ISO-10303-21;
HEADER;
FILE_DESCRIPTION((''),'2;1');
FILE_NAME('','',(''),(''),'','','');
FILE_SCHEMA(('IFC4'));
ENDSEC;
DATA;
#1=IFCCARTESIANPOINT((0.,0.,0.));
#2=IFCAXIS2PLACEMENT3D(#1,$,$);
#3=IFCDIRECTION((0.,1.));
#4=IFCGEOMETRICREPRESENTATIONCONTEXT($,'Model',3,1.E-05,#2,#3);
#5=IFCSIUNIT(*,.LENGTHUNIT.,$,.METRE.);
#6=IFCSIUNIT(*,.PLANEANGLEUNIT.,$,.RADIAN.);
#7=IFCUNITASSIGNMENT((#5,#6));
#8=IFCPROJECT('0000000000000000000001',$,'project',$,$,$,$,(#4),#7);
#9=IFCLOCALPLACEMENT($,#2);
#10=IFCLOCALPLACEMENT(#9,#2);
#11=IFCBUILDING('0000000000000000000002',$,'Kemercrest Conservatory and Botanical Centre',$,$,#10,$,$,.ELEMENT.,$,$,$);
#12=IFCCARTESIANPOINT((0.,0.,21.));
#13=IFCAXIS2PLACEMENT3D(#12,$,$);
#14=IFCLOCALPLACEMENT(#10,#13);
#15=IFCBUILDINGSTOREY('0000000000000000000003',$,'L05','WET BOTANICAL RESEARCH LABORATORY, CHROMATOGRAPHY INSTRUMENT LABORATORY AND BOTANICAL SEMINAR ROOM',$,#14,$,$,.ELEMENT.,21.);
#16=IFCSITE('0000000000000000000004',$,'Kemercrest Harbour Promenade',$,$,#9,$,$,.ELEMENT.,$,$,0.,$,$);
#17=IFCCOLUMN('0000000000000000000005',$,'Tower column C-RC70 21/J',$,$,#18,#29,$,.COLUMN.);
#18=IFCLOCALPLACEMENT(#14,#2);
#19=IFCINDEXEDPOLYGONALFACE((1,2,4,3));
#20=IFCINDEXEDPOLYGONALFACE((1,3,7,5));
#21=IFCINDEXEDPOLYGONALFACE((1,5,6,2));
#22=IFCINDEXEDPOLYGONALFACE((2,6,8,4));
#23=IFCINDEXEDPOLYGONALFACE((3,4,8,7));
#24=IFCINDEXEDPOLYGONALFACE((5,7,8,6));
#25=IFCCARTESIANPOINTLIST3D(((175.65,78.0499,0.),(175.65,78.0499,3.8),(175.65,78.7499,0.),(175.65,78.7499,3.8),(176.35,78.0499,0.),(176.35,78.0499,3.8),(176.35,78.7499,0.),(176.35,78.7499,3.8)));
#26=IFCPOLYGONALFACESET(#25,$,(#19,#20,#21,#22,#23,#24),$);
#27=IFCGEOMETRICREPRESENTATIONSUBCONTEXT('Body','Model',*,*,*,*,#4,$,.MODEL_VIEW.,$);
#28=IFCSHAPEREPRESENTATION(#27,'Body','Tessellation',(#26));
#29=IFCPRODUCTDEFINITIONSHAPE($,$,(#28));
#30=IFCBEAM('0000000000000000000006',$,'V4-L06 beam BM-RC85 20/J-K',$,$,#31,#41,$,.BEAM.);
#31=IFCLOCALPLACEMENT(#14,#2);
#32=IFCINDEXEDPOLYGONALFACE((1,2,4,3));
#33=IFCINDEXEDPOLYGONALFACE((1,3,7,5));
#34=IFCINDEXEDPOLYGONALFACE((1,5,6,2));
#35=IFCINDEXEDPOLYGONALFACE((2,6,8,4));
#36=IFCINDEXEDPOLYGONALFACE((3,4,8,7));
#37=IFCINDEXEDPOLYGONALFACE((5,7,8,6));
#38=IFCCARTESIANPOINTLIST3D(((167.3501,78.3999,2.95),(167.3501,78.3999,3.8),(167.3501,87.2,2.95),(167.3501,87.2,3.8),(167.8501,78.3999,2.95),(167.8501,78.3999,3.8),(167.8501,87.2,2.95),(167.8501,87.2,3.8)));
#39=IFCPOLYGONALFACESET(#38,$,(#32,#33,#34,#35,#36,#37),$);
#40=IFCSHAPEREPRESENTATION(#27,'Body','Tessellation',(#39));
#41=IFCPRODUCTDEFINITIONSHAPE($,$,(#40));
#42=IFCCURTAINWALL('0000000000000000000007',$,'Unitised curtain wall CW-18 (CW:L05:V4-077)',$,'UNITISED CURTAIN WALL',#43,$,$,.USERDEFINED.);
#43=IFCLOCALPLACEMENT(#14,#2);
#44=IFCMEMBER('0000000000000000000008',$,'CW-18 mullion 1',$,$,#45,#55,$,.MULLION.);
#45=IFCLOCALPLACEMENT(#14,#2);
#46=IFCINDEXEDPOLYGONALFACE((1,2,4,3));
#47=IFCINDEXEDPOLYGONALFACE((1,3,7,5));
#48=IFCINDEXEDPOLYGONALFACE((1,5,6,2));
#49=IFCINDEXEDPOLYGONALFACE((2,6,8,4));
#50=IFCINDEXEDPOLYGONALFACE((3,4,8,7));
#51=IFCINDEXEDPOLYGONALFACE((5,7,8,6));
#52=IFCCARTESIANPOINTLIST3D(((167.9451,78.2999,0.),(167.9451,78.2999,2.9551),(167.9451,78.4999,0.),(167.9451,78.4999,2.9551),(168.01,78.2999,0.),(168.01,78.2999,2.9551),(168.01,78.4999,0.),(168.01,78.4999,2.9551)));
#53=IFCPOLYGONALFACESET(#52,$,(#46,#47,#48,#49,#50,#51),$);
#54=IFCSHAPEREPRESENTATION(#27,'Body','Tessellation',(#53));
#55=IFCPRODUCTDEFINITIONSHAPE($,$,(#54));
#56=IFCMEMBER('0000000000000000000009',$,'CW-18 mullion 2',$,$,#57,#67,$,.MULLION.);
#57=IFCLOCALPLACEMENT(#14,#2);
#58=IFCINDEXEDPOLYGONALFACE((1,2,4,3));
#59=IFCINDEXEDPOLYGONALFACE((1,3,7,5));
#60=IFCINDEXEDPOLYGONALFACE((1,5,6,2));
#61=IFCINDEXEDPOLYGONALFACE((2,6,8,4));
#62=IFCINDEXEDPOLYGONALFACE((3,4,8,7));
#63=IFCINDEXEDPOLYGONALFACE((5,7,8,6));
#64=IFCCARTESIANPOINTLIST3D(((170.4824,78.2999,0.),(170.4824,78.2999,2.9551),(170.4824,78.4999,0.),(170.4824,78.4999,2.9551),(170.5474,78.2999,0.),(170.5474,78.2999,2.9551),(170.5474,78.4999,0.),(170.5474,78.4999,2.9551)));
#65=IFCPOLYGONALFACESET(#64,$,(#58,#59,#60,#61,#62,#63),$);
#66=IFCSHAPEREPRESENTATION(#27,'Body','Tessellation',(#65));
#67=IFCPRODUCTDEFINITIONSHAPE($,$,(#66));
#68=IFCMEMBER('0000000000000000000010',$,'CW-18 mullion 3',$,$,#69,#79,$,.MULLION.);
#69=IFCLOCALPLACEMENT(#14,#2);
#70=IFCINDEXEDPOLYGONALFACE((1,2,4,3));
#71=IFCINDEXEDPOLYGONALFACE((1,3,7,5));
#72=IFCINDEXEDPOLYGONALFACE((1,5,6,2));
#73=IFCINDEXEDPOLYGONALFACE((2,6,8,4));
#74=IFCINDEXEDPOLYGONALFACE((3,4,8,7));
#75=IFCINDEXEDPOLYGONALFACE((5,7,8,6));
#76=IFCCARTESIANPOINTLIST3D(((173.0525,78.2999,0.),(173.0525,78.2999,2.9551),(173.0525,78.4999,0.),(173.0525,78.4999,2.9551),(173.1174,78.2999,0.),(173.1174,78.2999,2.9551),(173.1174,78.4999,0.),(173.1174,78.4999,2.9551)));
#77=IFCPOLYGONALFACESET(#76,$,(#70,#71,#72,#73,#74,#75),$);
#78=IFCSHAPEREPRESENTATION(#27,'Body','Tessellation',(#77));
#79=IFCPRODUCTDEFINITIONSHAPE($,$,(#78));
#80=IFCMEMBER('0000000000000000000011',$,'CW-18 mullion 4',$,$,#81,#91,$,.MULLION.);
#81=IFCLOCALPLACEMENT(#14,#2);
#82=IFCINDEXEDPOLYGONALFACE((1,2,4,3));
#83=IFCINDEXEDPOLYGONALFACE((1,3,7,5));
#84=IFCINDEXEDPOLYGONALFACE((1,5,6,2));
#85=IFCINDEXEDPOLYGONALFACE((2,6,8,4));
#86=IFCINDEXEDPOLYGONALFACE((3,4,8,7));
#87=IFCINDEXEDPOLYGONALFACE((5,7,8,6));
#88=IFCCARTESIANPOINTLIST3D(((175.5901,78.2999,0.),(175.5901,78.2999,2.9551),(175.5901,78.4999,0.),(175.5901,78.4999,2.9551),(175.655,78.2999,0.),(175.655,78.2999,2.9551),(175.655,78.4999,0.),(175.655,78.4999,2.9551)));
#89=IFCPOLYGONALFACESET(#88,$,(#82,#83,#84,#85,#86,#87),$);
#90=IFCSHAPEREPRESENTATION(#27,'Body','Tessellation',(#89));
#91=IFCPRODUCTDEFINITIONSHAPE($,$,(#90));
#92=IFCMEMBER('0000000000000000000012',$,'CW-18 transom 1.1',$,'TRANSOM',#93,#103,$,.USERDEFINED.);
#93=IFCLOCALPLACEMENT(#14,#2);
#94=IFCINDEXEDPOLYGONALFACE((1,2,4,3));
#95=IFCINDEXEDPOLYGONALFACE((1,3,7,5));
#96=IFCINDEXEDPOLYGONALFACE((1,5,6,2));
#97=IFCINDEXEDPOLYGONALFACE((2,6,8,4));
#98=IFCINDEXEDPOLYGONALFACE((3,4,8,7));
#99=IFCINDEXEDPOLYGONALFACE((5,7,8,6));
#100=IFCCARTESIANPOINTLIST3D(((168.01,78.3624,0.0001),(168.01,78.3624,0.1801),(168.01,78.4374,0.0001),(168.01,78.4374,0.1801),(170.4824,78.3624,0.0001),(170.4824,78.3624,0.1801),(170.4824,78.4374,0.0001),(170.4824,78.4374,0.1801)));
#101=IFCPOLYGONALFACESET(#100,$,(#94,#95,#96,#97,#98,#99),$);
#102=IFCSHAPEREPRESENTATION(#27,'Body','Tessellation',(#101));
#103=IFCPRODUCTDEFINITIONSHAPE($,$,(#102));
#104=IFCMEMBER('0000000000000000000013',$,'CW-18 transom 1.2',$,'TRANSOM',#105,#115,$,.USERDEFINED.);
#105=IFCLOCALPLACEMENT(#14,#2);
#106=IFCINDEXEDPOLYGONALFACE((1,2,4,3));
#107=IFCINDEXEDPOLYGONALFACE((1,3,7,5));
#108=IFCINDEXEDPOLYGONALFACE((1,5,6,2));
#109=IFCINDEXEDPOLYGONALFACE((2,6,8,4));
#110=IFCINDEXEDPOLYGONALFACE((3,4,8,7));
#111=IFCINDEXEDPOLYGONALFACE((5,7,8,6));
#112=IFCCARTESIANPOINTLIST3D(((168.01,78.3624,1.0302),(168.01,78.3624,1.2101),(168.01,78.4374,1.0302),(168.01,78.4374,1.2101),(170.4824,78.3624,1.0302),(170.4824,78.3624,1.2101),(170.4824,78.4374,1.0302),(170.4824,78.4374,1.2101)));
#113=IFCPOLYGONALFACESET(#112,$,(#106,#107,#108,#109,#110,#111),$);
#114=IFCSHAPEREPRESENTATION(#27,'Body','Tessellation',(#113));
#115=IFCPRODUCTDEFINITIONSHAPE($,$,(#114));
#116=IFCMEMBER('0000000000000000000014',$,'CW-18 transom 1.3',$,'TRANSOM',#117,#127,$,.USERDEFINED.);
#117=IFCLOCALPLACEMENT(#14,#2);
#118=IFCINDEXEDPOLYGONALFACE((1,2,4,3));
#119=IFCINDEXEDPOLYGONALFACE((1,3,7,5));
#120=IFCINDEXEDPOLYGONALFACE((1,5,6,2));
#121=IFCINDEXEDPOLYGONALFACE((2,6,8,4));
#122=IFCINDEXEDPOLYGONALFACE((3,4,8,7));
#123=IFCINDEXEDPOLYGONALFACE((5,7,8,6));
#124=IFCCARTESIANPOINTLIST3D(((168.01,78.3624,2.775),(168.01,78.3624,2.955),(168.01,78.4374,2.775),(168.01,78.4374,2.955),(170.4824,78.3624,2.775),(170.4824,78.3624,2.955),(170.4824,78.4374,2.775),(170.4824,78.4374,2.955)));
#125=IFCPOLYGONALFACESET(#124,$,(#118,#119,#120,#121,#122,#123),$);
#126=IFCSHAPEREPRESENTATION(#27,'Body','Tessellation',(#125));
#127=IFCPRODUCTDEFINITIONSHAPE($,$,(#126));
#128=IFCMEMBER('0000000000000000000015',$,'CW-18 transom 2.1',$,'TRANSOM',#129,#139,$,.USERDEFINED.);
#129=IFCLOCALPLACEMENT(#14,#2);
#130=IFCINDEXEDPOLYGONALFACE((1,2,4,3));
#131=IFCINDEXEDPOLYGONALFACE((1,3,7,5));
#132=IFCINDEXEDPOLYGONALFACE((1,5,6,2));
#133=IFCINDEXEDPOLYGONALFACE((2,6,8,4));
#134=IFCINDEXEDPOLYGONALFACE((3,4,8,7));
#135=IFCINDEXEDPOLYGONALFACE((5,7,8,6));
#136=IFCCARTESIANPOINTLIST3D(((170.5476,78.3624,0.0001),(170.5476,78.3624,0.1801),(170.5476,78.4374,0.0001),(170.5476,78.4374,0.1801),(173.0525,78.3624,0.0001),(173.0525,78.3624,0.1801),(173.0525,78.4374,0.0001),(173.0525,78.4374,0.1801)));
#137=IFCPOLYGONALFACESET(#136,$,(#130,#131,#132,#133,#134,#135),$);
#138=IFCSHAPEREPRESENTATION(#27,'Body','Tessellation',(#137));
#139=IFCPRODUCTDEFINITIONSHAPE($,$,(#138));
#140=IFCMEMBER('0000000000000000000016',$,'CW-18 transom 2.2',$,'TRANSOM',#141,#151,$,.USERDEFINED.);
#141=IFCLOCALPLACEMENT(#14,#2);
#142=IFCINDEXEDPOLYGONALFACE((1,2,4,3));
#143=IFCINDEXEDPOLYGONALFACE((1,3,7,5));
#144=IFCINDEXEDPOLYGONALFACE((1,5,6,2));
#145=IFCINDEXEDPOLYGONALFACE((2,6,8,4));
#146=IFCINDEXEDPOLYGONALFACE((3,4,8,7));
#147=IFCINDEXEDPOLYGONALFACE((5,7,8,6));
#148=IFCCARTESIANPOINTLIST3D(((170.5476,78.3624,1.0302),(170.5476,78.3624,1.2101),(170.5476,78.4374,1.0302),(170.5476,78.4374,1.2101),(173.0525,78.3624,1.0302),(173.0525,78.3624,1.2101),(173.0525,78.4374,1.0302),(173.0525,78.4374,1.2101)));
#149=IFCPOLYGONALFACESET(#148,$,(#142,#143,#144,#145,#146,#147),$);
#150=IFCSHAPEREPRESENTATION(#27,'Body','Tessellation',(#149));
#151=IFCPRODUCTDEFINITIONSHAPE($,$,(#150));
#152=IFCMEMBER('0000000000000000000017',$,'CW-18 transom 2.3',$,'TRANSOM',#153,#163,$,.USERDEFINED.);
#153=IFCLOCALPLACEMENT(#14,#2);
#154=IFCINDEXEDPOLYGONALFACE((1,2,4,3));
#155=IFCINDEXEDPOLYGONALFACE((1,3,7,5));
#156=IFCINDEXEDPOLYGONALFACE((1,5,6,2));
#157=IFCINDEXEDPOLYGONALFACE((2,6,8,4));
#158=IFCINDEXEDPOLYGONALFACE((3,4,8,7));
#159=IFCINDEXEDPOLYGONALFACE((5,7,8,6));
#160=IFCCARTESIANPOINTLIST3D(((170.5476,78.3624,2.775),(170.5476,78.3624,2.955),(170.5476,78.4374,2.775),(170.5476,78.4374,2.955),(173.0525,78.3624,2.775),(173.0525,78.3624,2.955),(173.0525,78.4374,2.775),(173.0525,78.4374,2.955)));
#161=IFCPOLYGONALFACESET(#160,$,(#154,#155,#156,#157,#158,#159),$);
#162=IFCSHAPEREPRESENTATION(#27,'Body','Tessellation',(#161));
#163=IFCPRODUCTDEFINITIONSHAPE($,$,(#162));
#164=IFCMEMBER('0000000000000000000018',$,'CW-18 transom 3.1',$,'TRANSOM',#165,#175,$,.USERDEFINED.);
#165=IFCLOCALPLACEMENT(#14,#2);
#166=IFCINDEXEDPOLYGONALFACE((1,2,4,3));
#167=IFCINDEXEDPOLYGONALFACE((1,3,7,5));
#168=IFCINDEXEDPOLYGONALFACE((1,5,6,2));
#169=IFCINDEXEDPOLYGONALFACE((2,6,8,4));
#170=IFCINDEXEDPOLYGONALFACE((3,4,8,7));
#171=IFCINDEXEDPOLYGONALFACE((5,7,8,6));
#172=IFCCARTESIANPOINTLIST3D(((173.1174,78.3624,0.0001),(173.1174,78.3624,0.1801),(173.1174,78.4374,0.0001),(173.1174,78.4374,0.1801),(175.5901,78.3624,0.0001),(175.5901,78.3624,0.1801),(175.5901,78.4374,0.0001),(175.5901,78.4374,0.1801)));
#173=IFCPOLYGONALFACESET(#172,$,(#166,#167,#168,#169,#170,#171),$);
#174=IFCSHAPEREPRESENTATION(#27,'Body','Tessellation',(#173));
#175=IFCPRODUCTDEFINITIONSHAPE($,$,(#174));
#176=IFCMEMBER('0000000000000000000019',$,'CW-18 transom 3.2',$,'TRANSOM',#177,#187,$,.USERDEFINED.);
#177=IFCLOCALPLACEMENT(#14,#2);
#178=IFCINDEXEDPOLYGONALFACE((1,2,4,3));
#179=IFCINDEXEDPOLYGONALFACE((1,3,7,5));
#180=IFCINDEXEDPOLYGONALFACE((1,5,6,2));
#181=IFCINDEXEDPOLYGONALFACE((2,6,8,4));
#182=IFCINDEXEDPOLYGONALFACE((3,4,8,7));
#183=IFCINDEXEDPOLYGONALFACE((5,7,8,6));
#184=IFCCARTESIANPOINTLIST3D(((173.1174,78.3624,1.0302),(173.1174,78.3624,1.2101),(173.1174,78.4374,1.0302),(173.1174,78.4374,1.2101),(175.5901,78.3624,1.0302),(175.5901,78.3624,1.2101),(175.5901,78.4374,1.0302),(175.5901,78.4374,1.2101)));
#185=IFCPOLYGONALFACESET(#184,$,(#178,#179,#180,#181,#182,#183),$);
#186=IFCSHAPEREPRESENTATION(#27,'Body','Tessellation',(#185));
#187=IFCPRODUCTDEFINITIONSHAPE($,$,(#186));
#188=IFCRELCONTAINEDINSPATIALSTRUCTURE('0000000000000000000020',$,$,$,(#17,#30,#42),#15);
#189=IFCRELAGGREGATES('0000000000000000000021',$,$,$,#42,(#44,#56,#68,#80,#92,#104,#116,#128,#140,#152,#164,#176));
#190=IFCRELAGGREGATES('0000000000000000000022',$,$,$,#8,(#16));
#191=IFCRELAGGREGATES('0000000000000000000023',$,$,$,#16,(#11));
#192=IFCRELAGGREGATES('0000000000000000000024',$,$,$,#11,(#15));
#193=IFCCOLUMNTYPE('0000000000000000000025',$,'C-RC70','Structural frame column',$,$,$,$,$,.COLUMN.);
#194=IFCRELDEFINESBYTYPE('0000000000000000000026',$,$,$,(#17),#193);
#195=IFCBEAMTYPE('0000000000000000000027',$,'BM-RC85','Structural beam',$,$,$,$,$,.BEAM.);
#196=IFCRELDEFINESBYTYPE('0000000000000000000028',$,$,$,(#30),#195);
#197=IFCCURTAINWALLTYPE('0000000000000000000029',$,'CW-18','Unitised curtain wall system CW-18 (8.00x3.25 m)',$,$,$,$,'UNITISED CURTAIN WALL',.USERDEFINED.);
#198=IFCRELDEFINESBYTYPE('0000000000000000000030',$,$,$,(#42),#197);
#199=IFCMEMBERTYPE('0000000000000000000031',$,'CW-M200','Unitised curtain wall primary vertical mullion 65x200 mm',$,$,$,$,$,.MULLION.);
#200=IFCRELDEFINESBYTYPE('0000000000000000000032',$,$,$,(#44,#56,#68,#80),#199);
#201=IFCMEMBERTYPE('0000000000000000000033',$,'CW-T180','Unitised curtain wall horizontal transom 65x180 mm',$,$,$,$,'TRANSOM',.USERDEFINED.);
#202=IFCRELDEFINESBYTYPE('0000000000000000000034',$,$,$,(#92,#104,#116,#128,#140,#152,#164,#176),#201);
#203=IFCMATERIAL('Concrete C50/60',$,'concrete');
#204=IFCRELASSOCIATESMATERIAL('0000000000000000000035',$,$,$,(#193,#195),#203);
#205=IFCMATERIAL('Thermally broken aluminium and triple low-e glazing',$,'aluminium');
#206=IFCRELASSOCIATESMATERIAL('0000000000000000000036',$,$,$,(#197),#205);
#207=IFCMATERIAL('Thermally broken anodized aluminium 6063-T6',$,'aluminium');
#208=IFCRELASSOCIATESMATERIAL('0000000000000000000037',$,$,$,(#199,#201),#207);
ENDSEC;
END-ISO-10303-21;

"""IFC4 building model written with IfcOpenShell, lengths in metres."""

from ifc_helpers import new_model, si_unit, direction, frame, origin, origin_2d, place, context, subcontext, project, spatial, rectangle, extrude, material, material_profile, profile_set, type_object, element, aggregate, save


model = new_model("IFC4")

# Units and contexts
model_context = context("Model", 3, precision=1e-05, world=origin(), true_north=direction((0.0, 1.0)))
body_context = subcontext(model_context, "Body", "Model", "MODEL_VIEW")
ifc_project = project(units=[si_unit("LENGTHUNIT", "METRE"), si_unit("PLANEANGLEUNIT", "RADIAN")], contexts=[model_context])

# Site, building, storey
site_placement = place(None, origin())
site = spatial("IfcSite", under=ifc_project, at=site_placement, Name="Kemercrest Harbour Promenade", CompositionType="ELEMENT", RefElevation=0.0)
building_placement = place(site_placement, origin())
building = spatial("IfcBuilding", under=site, at=building_placement, Name="Kemercrest Conservatory and Botanical Centre", CompositionType="ELEMENT")
storey_placement = place(building_placement, frame((0.0, 0.0, 21.0)))
storey = spatial("IfcBuildingStorey", under=building, at=storey_placement, Name="L05", Description="WET BOTANICAL RESEARCH LABORATORY, CHROMATOGRAPHY INSTRUMENT LABORATORY AND BOTANICAL SEMINAR ROOM", CompositionType="ELEMENT", Elevation=21.0)

# Column
ifc_material_1 = material(Name="Concrete C50/60", Category="concrete")
ifc_material_profile_1 = material_profile(ifc_material_1, rectangle(XDim=0.7, YDim=0.7, at=origin_2d()), Name="RC 700x700")
ifc_profile_set_1 = profile_set([ifc_material_profile_1], Name="Concrete C50/60")
column_type = type_object("IfcColumnType", Name="C-RC70", Description="Structural frame column", PredefinedType="COLUMN", material=ifc_profile_set_1)
column_placement = place(storey_placement, frame((176.0, 78.3999, 0.0), z_axis=(0.0, 0.0, 1.0), x_axis=(1.0, 0.0, 0.0)))
element("IfcColumn", 1, at=column_placement, inside=storey, type_object=column_type, Name="Tower column C-RC70 21/J", PredefinedType="COLUMN", context=body_context, shape_type="SweptSolid", body=[
    extrude(rectangle(XDim=0.7, YDim=0.7, at=origin_2d()), origin(), (0.0, 0.0, 1.0), 3.8),
])

# Beam
ifc_material_profile_2 = material_profile(ifc_material_1, rectangle(XDim=0.5, YDim=0.8501, at=origin_2d()), Name="RC 500x850")
ifc_profile_set_2 = profile_set([ifc_material_profile_2], Name="Concrete C50/60")
beam_type_1 = type_object("IfcBeamType", Name="BM-RC85", Description="Structural beam", PredefinedType="BEAM", material=ifc_profile_set_2)
beam_1_placement = place(storey_placement, frame((167.6001, 78.3999, 3.375), z_axis=(0.0, 1.0, 0.0), x_axis=(-1.0, 0.0, 0.0)))
element("IfcBeam", 2, at=beam_1_placement, inside=storey, type_object=beam_type_1, Name="V4-L06 beam BM-RC85 20/J-K", PredefinedType="BEAM", context=body_context, shape_type="SweptSolid", body=[
    extrude(rectangle(XDim=0.5, YDim=0.8501, at=origin_2d()), origin(), (0.0, 0.0, 1.0), 8.8),
])

# Curtain wall, members
ifc_material_2 = material(Name="Thermally broken aluminium and triple low-e glazing", Category="aluminium")
curtain_wall_type = type_object("IfcCurtainWallType", Name="CW-18", Description="Unitised curtain wall system CW-18 (8.00x3.25 m)", ElementType="UNITISED CURTAIN WALL", PredefinedType="USERDEFINED", material=ifc_material_2)
curtain_wall_placement = place(storey_placement, origin())
curtain_wall = element("IfcCurtainWall", 3, at=curtain_wall_placement, inside=storey, type_object=curtain_wall_type, Name="Unitised curtain wall CW-18 (CW:L05:V4-077)", ObjectType="UNITISED CURTAIN WALL", PredefinedType="USERDEFINED")
ifc_material_3 = material(Name="Thermally broken anodized aluminium 6063-T6", Category="aluminium")
ifc_material_profile_3 = material_profile(ifc_material_3, rectangle(XDim=0.2, YDim=0.0649, at=origin_2d()), Name="AL MULLION 65x200")
ifc_profile_set_3 = profile_set([ifc_material_profile_3], Name="Thermally broken anodized aluminium 6063-T6")
member_type_1 = type_object("IfcMemberType", Name="CW-M200", Description="Unitised curtain wall primary vertical mullion 65x200 mm", PredefinedType="MULLION", material=ifc_profile_set_3)
member_1_placement = place(storey_placement, frame((167.9775, 78.3999, 0.0), z_axis=(0.0, 0.0, 1.0), x_axis=(0.0, 1.0, 0.0)))
member_1 = element("IfcMember", 4, at=member_1_placement, type_object=member_type_1, Name="CW-18 mullion 1", PredefinedType="MULLION", context=body_context, shape_type="SweptSolid", body=[
    extrude(rectangle(XDim=0.2, YDim=0.0649, at=origin_2d()), origin(), (0.0, 0.0, 1.0), 2.9551),
])
member_2_placement = place(storey_placement, frame((170.5149, 78.3999, 0.0), z_axis=(0.0, 0.0, 1.0), x_axis=(0.0, 1.0, 0.0)))
member_2 = element("IfcMember", 5, at=member_2_placement, type_object=member_type_1, Name="CW-18 mullion 2", PredefinedType="MULLION", context=body_context, shape_type="SweptSolid", body=[
    extrude(rectangle(XDim=0.2, YDim=0.0649, at=origin_2d()), origin(), (0.0, 0.0, 1.0), 2.9551),
])
member_3_placement = place(storey_placement, frame((173.085, 78.3999, 0.0), z_axis=(0.0, 0.0, 1.0), x_axis=(0.0, 1.0, 0.0)))
member_3 = element("IfcMember", 6, at=member_3_placement, type_object=member_type_1, Name="CW-18 mullion 3", PredefinedType="MULLION", context=body_context, shape_type="SweptSolid", body=[
    extrude(rectangle(XDim=0.2, YDim=0.0649, at=origin_2d()), origin(), (0.0, 0.0, 1.0), 2.9551),
])
member_4_placement = place(storey_placement, frame((175.6226, 78.3999, 0.0), z_axis=(0.0, 0.0, 1.0), x_axis=(0.0, 1.0, 0.0)))
member_4 = element("IfcMember", 7, at=member_4_placement, type_object=member_type_1, Name="CW-18 mullion 4", PredefinedType="MULLION", context=body_context, shape_type="SweptSolid", body=[
    extrude(rectangle(XDim=0.2, YDim=0.0649, at=origin_2d()), origin(), (0.0, 0.0, 1.0), 2.9551),
])
ifc_material_profile_4 = material_profile(ifc_material_3, rectangle(XDim=0.075, YDim=0.1799, at=origin_2d()), Name="AL TRANSOM 75x180")
ifc_profile_set_4 = profile_set([ifc_material_profile_4], Name="Thermally broken anodized aluminium 6063-T6")
member_type_2 = type_object("IfcMemberType", Name="CW-T180", Description="Unitised curtain wall horizontal transom 65x180 mm", ElementType="TRANSOM", PredefinedType="USERDEFINED", material=ifc_profile_set_4)
member_5_placement = place(storey_placement, frame((168.01, 78.3999, 0.0901), z_axis=(1.0, 0.0, 0.0), x_axis=(0.0, 1.0, 0.0)))
member_5 = element("IfcMember", 8, at=member_5_placement, type_object=member_type_2, Name="CW-18 transom 1.1", ObjectType="TRANSOM", PredefinedType="USERDEFINED", context=body_context, shape_type="SweptSolid", body=[
    extrude(rectangle(XDim=0.075, YDim=0.1799, at=origin_2d()), origin(), (0.0, 0.0, 1.0), 2.4724),
])
member_6_placement = place(storey_placement, frame((168.01, 78.3999, 1.1201), z_axis=(1.0, 0.0, 0.0), x_axis=(0.0, 1.0, 0.0)))
member_6 = element("IfcMember", 9, at=member_6_placement, type_object=member_type_2, Name="CW-18 transom 1.2", ObjectType="TRANSOM", PredefinedType="USERDEFINED", context=body_context, shape_type="SweptSolid", body=[
    extrude(rectangle(XDim=0.075, YDim=0.1799, at=origin_2d()), origin(), (0.0, 0.0, 1.0), 2.4724),
])
member_7_placement = place(storey_placement, frame((168.01, 78.3999, 2.865), z_axis=(1.0, 0.0, 0.0), x_axis=(0.0, 1.0, 0.0)))
member_7 = element("IfcMember", 10, at=member_7_placement, type_object=member_type_2, Name="CW-18 transom 1.3", ObjectType="TRANSOM", PredefinedType="USERDEFINED", context=body_context, shape_type="SweptSolid", body=[
    extrude(rectangle(XDim=0.075, YDim=0.1799, at=origin_2d()), origin(), (0.0, 0.0, 1.0), 2.4724),
])
member_8_placement = place(storey_placement, frame((170.5476, 78.3999, 0.0901), z_axis=(1.0, 0.0, 0.0), x_axis=(0.0, 1.0, 0.0)))
member_8 = element("IfcMember", 11, at=member_8_placement, type_object=member_type_2, Name="CW-18 transom 2.1", ObjectType="TRANSOM", PredefinedType="USERDEFINED", context=body_context, shape_type="SweptSolid", body=[
    extrude(rectangle(XDim=0.075, YDim=0.1799, at=origin_2d()), origin(), (0.0, 0.0, 1.0), 2.5049),
])
member_9_placement = place(storey_placement, frame((170.5476, 78.3999, 1.1201), z_axis=(1.0, 0.0, 0.0), x_axis=(0.0, 1.0, 0.0)))
member_9 = element("IfcMember", 12, at=member_9_placement, type_object=member_type_2, Name="CW-18 transom 2.2", ObjectType="TRANSOM", PredefinedType="USERDEFINED", context=body_context, shape_type="SweptSolid", body=[
    extrude(rectangle(XDim=0.075, YDim=0.1799, at=origin_2d()), origin(), (0.0, 0.0, 1.0), 2.5049),
])
member_10_placement = place(storey_placement, frame((170.5476, 78.3999, 2.865), z_axis=(1.0, 0.0, 0.0), x_axis=(0.0, 1.0, 0.0)))
member_10 = element("IfcMember", 13, at=member_10_placement, type_object=member_type_2, Name="CW-18 transom 2.3", ObjectType="TRANSOM", PredefinedType="USERDEFINED", context=body_context, shape_type="SweptSolid", body=[
    extrude(rectangle(XDim=0.075, YDim=0.1799, at=origin_2d()), origin(), (0.0, 0.0, 1.0), 2.5049),
])
member_11_placement = place(storey_placement, frame((173.1174, 78.3999, 0.0901), z_axis=(1.0, 0.0, 0.0), x_axis=(0.0, 1.0, 0.0)))
member_11 = element("IfcMember", 14, at=member_11_placement, type_object=member_type_2, Name="CW-18 transom 3.1", ObjectType="TRANSOM", PredefinedType="USERDEFINED", context=body_context, shape_type="SweptSolid", body=[
    extrude(rectangle(XDim=0.075, YDim=0.1799, at=origin_2d()), origin(), (0.0, 0.0, 1.0), 2.4727),
])
member_12_placement = place(storey_placement, frame((173.1174, 78.3999, 1.1201), z_axis=(1.0, 0.0, 0.0), x_axis=(0.0, 1.0, 0.0)))
member_12 = element("IfcMember", 15, at=member_12_placement, type_object=member_type_2, Name="CW-18 transom 3.2", ObjectType="TRANSOM", PredefinedType="USERDEFINED", context=body_context, shape_type="SweptSolid", body=[
    extrude(rectangle(XDim=0.075, YDim=0.1799, at=origin_2d()), origin(), (0.0, 0.0, 1.0), 2.4727),
])

aggregate(curtain_wall, [member_1, member_2, member_3, member_4, member_5, member_6, member_7, member_8, member_9, member_10, member_11, member_12])

save(model, "model.ifc")
